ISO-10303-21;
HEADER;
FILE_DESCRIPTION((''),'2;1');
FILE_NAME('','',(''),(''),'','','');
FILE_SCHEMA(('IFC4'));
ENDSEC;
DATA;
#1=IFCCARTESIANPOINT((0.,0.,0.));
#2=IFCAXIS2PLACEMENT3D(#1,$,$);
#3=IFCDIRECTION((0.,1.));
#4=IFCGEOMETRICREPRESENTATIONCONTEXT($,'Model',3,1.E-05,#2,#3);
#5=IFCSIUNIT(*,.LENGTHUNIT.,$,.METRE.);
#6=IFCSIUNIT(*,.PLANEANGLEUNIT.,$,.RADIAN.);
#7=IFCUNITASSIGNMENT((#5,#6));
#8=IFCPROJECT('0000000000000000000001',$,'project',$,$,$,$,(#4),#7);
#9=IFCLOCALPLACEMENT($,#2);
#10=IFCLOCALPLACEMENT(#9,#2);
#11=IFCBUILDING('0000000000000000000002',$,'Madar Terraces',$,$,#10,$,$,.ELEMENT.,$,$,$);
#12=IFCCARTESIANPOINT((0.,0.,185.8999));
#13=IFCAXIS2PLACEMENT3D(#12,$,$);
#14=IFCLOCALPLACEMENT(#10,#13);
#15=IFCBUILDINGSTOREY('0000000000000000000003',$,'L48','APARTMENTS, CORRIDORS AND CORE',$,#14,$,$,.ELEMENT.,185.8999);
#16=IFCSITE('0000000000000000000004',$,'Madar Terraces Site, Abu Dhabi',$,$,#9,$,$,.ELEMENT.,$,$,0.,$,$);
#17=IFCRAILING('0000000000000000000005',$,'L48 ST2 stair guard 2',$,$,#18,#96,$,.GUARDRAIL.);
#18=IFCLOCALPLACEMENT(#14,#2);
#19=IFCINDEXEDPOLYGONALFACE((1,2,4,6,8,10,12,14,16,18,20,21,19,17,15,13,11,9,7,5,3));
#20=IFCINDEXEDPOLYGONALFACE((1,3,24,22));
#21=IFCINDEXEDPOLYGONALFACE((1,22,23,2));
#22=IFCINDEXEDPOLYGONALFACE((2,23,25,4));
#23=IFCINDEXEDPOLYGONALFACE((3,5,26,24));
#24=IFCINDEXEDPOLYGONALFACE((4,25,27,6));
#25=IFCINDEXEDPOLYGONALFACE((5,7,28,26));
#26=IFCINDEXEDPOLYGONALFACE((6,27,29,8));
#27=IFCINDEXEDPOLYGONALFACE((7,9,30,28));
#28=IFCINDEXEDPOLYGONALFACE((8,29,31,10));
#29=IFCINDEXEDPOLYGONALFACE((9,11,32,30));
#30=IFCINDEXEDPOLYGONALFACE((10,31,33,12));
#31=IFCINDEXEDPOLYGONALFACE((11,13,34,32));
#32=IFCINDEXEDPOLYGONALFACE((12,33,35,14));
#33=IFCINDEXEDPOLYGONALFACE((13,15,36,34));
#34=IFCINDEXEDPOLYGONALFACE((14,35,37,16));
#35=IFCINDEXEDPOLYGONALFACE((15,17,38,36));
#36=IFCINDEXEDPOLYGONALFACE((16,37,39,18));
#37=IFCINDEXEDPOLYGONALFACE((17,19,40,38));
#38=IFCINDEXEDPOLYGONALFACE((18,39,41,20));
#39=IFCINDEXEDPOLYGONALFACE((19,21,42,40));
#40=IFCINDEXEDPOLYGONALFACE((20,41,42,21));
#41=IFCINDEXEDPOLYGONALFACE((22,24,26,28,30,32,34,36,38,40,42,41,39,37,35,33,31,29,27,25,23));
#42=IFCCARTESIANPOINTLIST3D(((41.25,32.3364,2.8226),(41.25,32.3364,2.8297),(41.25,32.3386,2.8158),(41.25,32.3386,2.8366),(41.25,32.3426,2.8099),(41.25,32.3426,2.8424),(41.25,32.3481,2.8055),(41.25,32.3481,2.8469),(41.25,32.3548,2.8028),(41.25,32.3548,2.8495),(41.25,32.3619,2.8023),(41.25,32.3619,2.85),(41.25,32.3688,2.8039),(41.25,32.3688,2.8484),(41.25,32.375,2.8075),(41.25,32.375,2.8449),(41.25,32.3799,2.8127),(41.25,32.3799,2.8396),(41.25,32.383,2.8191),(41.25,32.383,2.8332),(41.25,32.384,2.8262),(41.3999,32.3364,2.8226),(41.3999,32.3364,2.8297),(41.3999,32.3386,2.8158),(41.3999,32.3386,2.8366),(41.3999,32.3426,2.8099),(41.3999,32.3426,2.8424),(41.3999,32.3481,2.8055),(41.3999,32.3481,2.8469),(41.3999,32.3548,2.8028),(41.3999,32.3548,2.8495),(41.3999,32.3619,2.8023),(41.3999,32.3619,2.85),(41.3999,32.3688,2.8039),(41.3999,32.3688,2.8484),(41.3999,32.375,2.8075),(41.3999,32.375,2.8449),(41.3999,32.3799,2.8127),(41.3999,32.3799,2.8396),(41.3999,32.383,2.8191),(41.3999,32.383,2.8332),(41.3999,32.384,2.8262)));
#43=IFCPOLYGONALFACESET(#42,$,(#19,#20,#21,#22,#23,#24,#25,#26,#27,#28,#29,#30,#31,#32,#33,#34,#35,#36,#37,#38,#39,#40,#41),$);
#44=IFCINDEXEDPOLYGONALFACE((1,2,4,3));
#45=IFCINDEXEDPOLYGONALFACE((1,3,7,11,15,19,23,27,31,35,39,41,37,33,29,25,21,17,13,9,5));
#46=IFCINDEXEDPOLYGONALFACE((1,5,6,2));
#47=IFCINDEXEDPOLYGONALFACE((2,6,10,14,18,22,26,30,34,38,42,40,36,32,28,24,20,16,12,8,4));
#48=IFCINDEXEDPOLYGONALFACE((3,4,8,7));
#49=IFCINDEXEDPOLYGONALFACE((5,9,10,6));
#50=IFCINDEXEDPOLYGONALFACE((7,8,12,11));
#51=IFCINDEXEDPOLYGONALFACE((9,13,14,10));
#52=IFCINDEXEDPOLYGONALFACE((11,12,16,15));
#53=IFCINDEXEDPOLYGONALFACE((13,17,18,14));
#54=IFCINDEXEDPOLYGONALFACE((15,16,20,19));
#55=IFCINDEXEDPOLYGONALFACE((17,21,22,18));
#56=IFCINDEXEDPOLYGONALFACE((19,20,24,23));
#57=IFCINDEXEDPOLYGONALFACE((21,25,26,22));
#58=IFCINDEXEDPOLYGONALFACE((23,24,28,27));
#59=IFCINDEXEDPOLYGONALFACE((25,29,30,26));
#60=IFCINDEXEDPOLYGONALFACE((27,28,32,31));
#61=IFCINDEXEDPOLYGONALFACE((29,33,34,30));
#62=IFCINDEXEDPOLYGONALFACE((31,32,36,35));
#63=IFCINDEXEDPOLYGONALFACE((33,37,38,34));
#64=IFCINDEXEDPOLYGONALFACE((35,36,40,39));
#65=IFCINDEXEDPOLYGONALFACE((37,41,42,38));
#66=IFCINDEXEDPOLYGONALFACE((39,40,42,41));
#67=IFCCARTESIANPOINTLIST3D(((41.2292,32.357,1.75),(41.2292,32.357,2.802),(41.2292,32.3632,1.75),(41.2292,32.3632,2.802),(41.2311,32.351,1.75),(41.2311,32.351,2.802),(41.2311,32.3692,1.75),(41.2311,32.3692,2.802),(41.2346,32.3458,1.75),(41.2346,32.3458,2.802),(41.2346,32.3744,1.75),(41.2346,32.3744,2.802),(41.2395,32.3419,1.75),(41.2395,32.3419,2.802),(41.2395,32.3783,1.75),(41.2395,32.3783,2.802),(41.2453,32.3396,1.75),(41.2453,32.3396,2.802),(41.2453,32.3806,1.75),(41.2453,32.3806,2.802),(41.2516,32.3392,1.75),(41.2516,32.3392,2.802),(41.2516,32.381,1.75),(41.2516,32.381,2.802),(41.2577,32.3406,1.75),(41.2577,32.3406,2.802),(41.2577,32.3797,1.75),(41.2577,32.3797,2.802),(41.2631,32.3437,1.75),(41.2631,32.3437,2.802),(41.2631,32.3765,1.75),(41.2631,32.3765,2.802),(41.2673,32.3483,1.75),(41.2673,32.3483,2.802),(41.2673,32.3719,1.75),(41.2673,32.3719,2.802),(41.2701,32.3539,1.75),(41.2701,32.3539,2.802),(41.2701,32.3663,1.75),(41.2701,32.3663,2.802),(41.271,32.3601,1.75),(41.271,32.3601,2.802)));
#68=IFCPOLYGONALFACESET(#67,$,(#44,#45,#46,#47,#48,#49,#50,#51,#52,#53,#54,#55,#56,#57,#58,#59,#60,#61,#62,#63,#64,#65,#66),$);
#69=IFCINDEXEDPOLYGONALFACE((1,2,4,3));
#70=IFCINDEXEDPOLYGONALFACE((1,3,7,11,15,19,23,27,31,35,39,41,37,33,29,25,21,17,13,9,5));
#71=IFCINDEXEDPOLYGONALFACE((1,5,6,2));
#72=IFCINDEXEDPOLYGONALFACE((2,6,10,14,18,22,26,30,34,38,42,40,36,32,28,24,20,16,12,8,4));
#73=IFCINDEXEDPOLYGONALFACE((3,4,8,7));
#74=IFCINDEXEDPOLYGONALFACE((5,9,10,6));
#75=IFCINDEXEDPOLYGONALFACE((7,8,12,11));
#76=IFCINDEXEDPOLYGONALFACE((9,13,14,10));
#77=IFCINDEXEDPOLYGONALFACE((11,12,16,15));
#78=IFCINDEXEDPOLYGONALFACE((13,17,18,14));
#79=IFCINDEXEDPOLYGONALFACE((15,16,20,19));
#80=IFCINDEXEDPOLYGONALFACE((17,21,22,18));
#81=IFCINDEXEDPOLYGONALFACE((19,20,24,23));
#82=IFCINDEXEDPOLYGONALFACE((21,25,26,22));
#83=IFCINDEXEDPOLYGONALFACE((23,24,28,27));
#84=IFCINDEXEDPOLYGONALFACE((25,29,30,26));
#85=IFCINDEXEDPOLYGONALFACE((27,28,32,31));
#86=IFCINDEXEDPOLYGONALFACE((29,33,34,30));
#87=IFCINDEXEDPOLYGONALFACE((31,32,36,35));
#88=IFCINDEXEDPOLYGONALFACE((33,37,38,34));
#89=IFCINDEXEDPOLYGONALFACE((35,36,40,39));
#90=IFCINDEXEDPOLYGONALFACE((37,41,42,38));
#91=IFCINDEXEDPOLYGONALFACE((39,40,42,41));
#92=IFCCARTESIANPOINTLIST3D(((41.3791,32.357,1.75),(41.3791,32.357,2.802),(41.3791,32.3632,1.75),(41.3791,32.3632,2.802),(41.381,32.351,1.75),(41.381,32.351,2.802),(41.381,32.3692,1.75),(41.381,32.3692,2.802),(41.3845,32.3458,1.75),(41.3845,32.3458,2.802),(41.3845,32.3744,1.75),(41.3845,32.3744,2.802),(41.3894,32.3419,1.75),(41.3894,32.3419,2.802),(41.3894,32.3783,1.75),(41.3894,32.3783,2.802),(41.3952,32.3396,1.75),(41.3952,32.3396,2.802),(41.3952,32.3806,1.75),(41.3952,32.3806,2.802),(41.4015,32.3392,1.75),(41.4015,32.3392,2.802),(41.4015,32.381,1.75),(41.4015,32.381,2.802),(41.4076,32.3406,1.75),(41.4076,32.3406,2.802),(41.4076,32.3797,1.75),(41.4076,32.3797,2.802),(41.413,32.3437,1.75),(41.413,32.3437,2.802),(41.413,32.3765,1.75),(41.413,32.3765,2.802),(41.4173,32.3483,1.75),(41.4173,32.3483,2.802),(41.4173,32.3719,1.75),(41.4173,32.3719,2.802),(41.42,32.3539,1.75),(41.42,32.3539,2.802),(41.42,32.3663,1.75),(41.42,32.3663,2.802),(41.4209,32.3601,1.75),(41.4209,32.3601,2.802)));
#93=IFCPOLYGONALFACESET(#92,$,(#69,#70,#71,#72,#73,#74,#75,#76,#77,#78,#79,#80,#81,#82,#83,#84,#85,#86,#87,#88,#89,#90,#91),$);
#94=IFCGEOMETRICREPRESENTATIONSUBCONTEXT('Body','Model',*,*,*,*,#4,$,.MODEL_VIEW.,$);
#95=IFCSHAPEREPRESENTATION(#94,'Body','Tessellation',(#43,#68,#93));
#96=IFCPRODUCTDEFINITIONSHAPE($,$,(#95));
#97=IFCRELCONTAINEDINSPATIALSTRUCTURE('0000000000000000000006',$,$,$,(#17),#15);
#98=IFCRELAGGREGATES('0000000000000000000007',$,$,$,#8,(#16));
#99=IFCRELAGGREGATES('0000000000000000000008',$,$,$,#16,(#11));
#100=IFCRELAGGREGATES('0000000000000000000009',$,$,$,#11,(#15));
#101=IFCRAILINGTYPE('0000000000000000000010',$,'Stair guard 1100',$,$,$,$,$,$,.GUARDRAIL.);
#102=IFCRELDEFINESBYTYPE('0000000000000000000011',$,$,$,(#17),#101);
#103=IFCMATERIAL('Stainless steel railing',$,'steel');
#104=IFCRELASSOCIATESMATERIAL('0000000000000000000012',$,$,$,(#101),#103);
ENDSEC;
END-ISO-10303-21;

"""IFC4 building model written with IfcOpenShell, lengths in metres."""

from ifc_helpers import new_model, si_unit, direction, frame, origin, origin_2d, place, context, subcontext, project, spatial, circle, extrude, material, type_object, element, save


model = new_model("IFC4")

# Units and contexts
model_context = context("Model", 3, precision=1e-05, world=origin(), true_north=direction((0.0, 1.0)))
body_context = subcontext(model_context, "Body", "Model", "MODEL_VIEW")
ifc_project = project(units=[si_unit("LENGTHUNIT", "METRE"), si_unit("PLANEANGLEUNIT", "RADIAN")], contexts=[model_context])

# Site, building, storey
site_placement = place(None, origin())
site = spatial("IfcSite", under=ifc_project, at=site_placement, Name="Madar Terraces Site, Abu Dhabi", CompositionType="ELEMENT", RefElevation=0.0)
building_placement = place(site_placement, origin())
building = spatial("IfcBuilding", under=site, at=building_placement, Name="Madar Terraces", CompositionType="ELEMENT")
storey_placement = place(building_placement, frame((0.0, 0.0, 185.8999)))
storey = spatial("IfcBuildingStorey", under=building, at=storey_placement, Name="L48", Description="APARTMENTS, CORRIDORS AND CORE", CompositionType="ELEMENT", Elevation=185.8999)

# Railing
ifc_material_1 = material(Name="Stainless steel railing", Category="steel")
railing_type_1 = type_object("IfcRailingType", Name="Stair guard 1100", PredefinedType="GUARDRAIL", material=ifc_material_1)
railing_1_placement = place(storey_placement, frame((41.25, 32.3601, 1.75)))
element("IfcRailing", 1, at=railing_1_placement, inside=storey, type_object=railing_type_1, Name="L48 ST2 stair guard 2", PredefinedType="GUARDRAIL", context=body_context, shape_type="SweptSolid", body=[
    extrude(circle(Radius=0.0239, at=origin_2d()), frame((0.0, 0.0, 1.0762), z_axis=(1.0, 0.0, 0.0), x_axis=(0.0, 1.0, 0.0)), (0.0, 0.0, 1.0), 0.1499),
    extrude(circle(Radius=0.021, at=origin_2d()), origin(), (0.0, 0.0, 1.0), 1.052),
    extrude(circle(Radius=0.021, at=origin_2d()), frame((0.1499, 0.0, 0.0)), (0.0, 0.0, 1.0), 1.052),
])

save(model, "model.ifc")
